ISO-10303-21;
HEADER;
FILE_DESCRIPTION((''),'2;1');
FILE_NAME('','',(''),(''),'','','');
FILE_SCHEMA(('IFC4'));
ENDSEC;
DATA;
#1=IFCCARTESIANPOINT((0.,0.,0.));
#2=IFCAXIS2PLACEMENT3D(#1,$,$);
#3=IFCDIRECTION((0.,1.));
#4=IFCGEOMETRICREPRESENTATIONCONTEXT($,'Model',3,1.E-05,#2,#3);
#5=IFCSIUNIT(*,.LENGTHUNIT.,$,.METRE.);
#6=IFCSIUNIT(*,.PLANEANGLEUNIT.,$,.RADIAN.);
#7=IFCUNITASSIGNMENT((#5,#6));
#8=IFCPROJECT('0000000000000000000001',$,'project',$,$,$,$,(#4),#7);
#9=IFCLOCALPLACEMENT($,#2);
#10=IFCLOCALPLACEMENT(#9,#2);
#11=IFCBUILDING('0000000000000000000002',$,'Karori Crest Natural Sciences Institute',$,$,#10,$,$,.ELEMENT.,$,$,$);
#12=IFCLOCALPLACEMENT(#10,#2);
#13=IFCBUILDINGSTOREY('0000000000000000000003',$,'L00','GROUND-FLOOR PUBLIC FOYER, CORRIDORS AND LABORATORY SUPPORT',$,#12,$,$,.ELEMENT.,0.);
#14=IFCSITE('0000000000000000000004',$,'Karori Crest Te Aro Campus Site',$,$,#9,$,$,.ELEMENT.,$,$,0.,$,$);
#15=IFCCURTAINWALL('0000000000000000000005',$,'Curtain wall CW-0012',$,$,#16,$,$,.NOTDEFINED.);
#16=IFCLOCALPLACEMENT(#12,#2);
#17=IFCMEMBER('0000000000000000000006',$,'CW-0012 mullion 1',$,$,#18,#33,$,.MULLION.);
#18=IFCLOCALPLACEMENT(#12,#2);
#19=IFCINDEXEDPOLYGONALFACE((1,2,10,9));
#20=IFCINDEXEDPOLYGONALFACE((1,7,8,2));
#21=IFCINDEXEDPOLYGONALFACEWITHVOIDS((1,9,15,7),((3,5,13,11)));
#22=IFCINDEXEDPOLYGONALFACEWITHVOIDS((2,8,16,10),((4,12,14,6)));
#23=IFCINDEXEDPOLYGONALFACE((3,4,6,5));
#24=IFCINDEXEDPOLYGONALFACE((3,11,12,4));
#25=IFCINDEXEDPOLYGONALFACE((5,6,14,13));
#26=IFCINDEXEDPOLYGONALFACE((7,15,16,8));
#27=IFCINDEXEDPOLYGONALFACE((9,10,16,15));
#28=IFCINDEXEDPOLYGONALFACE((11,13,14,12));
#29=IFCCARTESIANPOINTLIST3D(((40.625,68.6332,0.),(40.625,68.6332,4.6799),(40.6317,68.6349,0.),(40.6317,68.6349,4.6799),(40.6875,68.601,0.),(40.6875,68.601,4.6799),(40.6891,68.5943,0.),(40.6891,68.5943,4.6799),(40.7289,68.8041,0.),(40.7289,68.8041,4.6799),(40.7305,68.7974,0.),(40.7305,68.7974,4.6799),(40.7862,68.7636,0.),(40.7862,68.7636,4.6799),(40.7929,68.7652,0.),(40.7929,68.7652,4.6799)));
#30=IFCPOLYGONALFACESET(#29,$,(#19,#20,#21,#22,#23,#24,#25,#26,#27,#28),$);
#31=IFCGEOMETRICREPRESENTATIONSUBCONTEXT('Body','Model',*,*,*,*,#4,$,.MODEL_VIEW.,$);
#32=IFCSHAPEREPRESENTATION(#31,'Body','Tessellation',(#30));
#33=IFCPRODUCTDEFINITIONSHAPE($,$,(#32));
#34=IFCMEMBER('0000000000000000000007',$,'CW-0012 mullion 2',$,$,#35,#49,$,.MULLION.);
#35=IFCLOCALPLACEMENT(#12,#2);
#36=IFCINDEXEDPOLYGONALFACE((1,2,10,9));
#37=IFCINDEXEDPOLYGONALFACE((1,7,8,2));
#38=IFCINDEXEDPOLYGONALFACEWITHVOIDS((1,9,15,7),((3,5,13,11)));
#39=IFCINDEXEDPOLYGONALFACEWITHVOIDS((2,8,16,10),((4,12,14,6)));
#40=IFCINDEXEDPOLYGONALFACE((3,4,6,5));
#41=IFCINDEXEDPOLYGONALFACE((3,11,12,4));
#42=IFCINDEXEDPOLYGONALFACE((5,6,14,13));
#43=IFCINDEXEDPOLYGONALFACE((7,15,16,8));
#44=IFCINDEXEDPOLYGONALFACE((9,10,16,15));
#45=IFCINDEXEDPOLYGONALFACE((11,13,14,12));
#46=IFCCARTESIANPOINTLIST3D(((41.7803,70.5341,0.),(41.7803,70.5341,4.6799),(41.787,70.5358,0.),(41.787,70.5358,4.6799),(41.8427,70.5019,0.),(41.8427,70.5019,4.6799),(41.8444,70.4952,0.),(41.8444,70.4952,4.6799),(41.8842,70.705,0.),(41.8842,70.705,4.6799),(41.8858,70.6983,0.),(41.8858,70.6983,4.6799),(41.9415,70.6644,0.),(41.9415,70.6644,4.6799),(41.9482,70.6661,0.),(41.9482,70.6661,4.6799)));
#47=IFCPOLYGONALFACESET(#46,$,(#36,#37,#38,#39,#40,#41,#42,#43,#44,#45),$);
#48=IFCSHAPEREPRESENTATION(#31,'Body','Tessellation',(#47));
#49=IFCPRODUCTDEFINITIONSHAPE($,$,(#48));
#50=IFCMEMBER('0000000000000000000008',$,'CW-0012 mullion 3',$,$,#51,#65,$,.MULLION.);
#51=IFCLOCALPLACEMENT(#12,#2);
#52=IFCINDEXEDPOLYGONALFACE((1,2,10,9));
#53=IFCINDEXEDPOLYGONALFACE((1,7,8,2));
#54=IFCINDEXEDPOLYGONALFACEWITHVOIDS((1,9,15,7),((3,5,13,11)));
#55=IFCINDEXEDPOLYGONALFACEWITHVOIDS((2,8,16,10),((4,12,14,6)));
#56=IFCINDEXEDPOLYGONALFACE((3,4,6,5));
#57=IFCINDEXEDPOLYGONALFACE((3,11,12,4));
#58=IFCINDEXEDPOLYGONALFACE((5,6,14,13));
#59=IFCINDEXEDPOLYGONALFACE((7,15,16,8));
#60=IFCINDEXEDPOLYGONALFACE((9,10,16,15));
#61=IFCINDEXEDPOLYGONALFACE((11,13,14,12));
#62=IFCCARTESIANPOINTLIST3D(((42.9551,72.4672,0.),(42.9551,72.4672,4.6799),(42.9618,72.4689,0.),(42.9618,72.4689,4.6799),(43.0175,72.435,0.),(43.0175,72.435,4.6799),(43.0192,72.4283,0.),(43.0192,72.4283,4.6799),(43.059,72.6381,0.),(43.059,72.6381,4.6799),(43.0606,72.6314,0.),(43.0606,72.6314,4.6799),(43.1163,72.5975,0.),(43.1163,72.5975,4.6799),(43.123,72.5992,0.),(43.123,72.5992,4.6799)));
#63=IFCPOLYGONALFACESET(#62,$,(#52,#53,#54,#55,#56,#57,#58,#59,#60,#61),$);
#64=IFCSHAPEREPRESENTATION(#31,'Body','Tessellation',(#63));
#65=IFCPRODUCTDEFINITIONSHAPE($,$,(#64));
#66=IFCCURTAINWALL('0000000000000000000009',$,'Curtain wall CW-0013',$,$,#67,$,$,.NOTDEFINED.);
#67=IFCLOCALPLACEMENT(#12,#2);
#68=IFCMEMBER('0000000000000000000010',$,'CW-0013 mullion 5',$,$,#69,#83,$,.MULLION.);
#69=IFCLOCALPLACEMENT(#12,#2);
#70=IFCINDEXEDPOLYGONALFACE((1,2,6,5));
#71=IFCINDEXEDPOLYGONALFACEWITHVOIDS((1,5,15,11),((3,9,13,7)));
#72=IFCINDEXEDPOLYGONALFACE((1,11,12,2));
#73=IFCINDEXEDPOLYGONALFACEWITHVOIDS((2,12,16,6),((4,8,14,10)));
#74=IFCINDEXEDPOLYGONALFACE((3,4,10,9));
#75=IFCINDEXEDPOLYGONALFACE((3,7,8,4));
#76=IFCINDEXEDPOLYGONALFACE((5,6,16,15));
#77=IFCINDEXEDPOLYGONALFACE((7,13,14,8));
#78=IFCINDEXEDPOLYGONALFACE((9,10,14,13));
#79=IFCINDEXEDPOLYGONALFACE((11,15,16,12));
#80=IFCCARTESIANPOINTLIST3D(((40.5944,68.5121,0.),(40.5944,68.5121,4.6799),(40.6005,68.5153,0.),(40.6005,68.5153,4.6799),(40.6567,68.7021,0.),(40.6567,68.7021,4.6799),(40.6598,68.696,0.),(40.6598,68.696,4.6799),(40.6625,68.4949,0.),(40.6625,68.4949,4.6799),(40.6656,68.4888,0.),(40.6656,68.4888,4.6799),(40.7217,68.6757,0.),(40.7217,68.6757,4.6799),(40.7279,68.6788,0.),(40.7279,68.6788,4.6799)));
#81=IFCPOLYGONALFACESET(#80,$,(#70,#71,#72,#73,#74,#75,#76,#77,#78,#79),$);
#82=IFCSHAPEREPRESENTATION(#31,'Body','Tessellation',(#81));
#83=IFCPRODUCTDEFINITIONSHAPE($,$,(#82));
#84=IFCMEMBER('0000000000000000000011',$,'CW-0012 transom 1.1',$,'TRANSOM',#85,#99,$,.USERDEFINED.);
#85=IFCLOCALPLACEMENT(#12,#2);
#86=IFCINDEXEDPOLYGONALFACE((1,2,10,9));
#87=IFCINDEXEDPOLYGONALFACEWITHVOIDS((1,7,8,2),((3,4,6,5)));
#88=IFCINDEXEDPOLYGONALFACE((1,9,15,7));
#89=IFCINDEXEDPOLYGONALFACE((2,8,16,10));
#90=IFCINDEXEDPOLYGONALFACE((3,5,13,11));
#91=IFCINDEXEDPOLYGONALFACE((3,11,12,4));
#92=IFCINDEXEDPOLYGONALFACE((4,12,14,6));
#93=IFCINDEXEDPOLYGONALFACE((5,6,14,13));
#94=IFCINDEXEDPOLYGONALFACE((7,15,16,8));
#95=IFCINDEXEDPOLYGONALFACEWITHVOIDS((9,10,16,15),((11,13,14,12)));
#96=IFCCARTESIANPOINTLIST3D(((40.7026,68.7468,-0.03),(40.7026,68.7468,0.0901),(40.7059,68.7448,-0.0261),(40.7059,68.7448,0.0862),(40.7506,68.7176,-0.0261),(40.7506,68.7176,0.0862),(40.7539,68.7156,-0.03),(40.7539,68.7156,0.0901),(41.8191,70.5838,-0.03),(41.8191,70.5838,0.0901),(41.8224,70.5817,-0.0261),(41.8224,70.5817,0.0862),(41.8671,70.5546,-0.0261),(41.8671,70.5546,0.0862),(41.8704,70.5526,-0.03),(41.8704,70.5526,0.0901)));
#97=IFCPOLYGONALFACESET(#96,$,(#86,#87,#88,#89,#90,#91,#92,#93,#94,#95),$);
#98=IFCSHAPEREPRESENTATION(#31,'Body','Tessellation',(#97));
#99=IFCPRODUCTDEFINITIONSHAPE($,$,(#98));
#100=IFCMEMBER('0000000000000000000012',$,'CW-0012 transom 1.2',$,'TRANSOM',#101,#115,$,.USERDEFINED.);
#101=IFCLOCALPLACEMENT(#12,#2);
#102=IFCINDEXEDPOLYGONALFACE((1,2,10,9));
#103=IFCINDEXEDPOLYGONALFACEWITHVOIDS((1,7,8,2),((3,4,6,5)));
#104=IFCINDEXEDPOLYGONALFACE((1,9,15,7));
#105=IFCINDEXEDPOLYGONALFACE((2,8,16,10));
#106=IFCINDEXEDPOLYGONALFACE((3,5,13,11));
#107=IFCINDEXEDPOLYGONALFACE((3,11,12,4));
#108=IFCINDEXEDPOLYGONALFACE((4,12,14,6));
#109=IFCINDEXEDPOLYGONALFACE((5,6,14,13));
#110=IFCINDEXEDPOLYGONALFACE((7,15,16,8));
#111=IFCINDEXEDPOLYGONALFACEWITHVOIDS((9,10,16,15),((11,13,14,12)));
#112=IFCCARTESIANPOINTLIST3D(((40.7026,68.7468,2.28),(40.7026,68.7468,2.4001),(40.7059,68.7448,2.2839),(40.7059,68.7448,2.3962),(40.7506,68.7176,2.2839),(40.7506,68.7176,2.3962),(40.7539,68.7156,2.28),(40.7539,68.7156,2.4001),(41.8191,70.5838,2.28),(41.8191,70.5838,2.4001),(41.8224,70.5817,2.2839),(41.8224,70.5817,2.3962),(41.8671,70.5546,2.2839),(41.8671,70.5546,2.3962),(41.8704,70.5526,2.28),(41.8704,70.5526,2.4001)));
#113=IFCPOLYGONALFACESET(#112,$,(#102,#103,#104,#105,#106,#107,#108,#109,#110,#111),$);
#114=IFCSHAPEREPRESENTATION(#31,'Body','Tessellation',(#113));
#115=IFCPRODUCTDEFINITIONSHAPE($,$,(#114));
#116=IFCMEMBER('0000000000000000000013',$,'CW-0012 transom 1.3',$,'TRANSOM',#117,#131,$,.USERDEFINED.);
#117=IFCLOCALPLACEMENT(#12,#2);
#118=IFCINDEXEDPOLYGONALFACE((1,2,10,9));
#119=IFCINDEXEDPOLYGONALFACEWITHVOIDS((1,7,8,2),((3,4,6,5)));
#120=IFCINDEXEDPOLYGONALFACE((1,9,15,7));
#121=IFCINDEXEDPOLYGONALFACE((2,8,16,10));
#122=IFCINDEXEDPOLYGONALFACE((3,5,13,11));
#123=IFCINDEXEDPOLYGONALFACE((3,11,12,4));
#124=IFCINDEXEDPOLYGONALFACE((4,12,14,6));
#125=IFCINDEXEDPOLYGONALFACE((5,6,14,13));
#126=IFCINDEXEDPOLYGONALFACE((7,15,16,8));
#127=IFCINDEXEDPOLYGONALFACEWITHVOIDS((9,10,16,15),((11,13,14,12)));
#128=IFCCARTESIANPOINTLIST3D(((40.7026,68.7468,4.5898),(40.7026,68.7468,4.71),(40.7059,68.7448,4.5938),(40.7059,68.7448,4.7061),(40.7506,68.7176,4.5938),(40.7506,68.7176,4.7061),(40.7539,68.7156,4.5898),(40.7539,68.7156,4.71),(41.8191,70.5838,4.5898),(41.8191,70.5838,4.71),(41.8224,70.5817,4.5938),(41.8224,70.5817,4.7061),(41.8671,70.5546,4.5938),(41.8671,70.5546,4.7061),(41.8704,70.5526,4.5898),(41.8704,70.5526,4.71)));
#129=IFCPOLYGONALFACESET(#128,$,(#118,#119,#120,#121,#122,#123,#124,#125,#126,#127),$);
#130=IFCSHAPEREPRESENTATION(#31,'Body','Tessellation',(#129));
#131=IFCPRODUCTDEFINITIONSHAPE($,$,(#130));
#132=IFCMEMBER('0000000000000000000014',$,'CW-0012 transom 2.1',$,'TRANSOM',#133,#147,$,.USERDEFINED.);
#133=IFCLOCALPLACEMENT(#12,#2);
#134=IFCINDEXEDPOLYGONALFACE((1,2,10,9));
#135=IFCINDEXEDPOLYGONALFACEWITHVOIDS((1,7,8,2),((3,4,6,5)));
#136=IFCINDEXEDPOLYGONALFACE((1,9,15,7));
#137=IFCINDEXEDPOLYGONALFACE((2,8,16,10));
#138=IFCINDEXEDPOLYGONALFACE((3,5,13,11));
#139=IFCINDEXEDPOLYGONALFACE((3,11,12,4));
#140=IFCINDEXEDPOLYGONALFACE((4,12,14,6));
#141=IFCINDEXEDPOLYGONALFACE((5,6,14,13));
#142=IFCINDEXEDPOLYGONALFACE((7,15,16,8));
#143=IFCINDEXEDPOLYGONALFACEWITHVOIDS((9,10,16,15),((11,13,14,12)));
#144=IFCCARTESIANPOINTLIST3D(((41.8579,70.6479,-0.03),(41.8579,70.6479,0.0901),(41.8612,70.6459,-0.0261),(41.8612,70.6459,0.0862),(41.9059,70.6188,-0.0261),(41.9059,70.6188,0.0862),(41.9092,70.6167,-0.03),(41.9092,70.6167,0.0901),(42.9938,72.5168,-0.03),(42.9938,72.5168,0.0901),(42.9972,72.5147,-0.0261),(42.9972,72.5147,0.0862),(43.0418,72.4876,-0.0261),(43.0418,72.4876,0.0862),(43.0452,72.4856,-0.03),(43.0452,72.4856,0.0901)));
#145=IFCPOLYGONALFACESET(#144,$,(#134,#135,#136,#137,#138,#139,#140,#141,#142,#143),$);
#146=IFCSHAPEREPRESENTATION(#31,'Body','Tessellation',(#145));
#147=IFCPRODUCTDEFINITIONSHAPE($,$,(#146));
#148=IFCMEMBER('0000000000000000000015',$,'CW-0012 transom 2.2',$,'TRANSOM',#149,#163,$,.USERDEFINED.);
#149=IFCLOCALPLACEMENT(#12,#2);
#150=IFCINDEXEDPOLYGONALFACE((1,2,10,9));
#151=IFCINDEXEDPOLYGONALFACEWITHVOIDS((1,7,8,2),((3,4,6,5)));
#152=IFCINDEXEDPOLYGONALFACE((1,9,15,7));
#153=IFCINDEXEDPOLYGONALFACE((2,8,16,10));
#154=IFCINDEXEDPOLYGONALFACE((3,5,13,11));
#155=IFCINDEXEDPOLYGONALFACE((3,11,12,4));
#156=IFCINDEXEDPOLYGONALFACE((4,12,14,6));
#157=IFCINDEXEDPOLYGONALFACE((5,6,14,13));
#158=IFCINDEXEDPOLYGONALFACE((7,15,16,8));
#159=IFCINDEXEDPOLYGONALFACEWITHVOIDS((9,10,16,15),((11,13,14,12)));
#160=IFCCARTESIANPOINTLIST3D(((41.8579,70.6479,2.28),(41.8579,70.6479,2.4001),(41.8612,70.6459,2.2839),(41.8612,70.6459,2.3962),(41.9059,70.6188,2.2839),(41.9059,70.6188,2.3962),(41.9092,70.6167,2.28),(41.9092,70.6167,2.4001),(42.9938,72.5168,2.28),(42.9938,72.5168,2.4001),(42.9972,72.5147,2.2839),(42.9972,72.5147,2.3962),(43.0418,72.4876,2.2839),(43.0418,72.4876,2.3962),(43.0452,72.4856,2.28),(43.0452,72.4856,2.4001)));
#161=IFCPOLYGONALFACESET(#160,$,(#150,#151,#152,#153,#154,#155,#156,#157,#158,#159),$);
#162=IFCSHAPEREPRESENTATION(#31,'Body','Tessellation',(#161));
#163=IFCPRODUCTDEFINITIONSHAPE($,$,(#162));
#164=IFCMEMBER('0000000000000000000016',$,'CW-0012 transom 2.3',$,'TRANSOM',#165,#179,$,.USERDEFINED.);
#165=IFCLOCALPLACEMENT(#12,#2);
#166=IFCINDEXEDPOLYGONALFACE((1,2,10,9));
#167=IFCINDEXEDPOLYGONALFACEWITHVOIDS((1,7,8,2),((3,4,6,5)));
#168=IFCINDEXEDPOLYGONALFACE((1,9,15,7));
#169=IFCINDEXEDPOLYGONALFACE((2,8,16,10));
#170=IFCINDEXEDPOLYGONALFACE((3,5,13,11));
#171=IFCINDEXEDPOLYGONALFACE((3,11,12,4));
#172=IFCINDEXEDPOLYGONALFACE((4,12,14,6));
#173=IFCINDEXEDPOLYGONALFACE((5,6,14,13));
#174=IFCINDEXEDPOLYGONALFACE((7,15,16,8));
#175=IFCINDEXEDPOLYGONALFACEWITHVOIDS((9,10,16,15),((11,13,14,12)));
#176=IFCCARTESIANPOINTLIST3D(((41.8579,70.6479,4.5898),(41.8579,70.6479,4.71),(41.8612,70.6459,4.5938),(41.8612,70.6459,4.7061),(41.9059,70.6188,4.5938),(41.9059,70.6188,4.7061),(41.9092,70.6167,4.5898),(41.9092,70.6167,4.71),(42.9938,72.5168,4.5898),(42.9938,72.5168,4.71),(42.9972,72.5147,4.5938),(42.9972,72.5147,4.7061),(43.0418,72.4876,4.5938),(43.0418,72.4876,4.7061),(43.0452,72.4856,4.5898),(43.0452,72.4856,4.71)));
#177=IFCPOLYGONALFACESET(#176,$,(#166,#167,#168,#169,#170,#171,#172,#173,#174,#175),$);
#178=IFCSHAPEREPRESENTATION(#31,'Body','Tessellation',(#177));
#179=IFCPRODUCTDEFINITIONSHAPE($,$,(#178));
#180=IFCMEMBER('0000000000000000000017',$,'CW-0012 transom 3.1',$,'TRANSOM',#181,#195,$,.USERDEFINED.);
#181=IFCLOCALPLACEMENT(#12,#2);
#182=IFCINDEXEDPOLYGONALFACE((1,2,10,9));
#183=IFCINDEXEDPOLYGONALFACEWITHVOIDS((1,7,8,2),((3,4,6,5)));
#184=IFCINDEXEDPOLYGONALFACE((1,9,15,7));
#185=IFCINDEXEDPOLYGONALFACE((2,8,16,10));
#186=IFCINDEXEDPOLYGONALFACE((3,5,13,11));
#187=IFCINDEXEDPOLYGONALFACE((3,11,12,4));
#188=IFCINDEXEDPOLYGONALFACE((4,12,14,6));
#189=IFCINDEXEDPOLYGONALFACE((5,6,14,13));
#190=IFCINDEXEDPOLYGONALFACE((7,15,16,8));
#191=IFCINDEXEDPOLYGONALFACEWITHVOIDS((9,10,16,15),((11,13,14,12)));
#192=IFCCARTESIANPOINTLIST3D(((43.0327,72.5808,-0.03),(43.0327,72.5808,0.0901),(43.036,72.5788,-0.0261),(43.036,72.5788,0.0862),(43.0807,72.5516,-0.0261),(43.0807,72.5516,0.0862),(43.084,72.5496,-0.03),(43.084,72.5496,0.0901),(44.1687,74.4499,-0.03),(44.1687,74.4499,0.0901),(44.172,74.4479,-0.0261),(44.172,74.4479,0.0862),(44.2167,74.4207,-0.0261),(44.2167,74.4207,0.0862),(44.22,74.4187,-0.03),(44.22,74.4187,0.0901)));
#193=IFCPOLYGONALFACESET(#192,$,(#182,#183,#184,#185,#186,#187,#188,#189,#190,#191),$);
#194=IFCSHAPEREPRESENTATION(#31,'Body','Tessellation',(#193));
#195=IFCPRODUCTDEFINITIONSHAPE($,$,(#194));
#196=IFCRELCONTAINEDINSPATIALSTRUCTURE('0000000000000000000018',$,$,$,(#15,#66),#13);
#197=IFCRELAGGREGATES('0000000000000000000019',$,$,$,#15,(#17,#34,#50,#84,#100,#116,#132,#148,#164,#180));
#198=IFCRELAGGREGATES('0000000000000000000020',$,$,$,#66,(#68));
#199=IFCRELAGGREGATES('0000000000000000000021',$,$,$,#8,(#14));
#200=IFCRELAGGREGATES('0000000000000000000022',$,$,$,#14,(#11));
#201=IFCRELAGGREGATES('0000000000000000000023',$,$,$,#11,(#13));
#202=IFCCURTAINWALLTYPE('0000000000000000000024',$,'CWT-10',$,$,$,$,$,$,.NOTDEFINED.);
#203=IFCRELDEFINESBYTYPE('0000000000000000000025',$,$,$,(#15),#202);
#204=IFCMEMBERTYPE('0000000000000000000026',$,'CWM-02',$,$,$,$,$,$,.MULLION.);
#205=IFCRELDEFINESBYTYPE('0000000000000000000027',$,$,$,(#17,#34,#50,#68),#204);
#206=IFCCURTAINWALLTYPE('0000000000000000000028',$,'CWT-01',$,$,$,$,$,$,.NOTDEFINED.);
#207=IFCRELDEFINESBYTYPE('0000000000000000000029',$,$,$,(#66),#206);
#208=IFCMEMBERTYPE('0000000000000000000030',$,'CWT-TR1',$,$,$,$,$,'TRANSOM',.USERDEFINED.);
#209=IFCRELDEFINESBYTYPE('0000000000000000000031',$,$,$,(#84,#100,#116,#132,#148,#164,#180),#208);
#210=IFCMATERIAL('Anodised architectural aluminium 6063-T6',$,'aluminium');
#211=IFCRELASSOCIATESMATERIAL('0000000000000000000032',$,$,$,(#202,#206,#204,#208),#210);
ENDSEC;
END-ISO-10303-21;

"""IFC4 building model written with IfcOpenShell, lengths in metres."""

from ifc_helpers import new_model, si_unit, direction, frame, origin, origin_2d, place, context, subcontext, project, spatial, hollow_rectangle, extrude, material, material_profile, profile_set, type_object, element, aggregate, save


model = new_model("IFC4")

# Units and contexts
model_context = context("Model", 3, precision=1e-05, world=origin(), true_north=direction((0.0, 1.0)))
body_context = subcontext(model_context, "Body", "Model", "MODEL_VIEW")
ifc_project = project(units=[si_unit("LENGTHUNIT", "METRE"), si_unit("PLANEANGLEUNIT", "RADIAN")], contexts=[model_context])

# Site, building, storey
site_placement = place(None, origin())
site = spatial("IfcSite", under=ifc_project, at=site_placement, Name="Karori Crest Te Aro Campus Site", CompositionType="ELEMENT", RefElevation=0.0)
building_placement = place(site_placement, origin())
building = spatial("IfcBuilding", under=site, at=building_placement, Name="Karori Crest Natural Sciences Institute", CompositionType="ELEMENT")
storey_placement = place(building_placement, origin())
storey = spatial("IfcBuildingStorey", under=building, at=storey_placement, Name="L00", Description="GROUND-FLOOR PUBLIC FOYER, CORRIDORS AND LABORATORY SUPPORT", CompositionType="ELEMENT", Elevation=0.0)

# Shared definitions
ifc_material_1 = material(Name="Anodised architectural aluminium 6063-T6", Category="aluminium")

# Curtain wall, members
curtain_wall_type_1 = type_object("IfcCurtainWallType", Name="CWT-10", PredefinedType="NOTDEFINED", material=ifc_material_1)
curtain_wall_1_placement = place(storey_placement, origin())
curtain_wall_1 = element("IfcCurtainWall", 1, at=curtain_wall_1_placement, inside=storey, type_object=curtain_wall_type_1, Name="Curtain wall CW-0012", PredefinedType="NOTDEFINED")
ifc_material_profile_1 = material_profile(ifc_material_1, hollow_rectangle(XDim=0.075, YDim=0.2, WallThickness=0.0049, at=origin_2d()), Name="CWM200x75x5")
ifc_profile_set_1 = profile_set([ifc_material_profile_1], Name="Anodised architectural aluminium 6063-T6")
member_type_1 = type_object("IfcMemberType", Name="CWM-02", PredefinedType="MULLION", material=ifc_profile_set_1)
member_1_placement = place(storey_placement, frame((40.709, 68.6992, 0.0), z_axis=(0.0, 0.0, 1.0), x_axis=(-0.854567, 0.519341, 0.0)))
member_1 = element("IfcMember", 2, at=member_1_placement, type_object=member_type_1, Name="CW-0012 mullion 1", PredefinedType="MULLION", context=body_context, shape_type="SweptSolid", body=[
    extrude(hollow_rectangle(XDim=0.075, YDim=0.2, WallThickness=0.0049, at=origin_2d()), origin(), (0.0, 0.0, 1.0), 4.6799),
])
member_2_placement = place(storey_placement, frame((41.8643, 70.6001, 0.0), z_axis=(0.0, 0.0, 1.0), x_axis=(-0.854567, 0.519341, 0.0)))
member_2 = element("IfcMember", 3, at=member_2_placement, type_object=member_type_1, Name="CW-0012 mullion 2", PredefinedType="MULLION", context=body_context, shape_type="SweptSolid", body=[
    extrude(hollow_rectangle(XDim=0.075, YDim=0.2, WallThickness=0.0049, at=origin_2d()), origin(), (0.0, 0.0, 1.0), 4.6799),
])
member_3_placement = place(storey_placement, frame((43.0391, 72.5332, 0.0), z_axis=(0.0, 0.0, 1.0), x_axis=(-0.854567, 0.519341, 0.0)))
member_3 = element("IfcMember", 4, at=member_3_placement, type_object=member_type_1, Name="CW-0012 mullion 3", PredefinedType="MULLION", context=body_context, shape_type="SweptSolid", body=[
    extrude(hollow_rectangle(XDim=0.075, YDim=0.2, WallThickness=0.0049, at=origin_2d()), origin(), (0.0, 0.0, 1.0), 4.6799),
])

# Curtain wall, member
curtain_wall_type_2 = type_object("IfcCurtainWallType", Name="CWT-01", PredefinedType="NOTDEFINED", material=ifc_material_1)
curtain_wall_2_placement = place(storey_placement, origin())
curtain_wall_2 = element("IfcCurtainWall", 5, at=curtain_wall_2_placement, inside=storey, type_object=curtain_wall_type_2, Name="Curtain wall CW-0013", PredefinedType="NOTDEFINED")
member_4_placement = place(storey_placement, frame((40.6611, 68.5955, 0.0), z_axis=(0.0, 0.0, 1.0), x_axis=(-0.950176, 0.311714, 0.0)))
member_4 = element("IfcMember", 6, at=member_4_placement, type_object=member_type_1, Name="CW-0013 mullion 5", PredefinedType="MULLION", context=body_context, shape_type="SweptSolid", body=[
    extrude(hollow_rectangle(XDim=0.075, YDim=0.2, WallThickness=0.0049, at=origin_2d()), origin(), (0.0, 0.0, 1.0), 4.6799),
])

# Members
ifc_material_profile_2 = material_profile(ifc_material_1, hollow_rectangle(XDim=0.0601, YDim=0.1201, WallThickness=0.0039, at=origin_2d()), Name="CWT120x60x4")
ifc_profile_set_2 = profile_set([ifc_material_profile_2], Name="Anodised architectural aluminium 6063-T6")
member_type_2 = type_object("IfcMemberType", Name="CWT-TR1", ElementType="TRANSOM", PredefinedType="USERDEFINED", material=ifc_profile_set_2)
member_5_placement = place(storey_placement, frame((40.7283, 68.7312, 0.03), z_axis=(0.519381, 0.854543, 0.0), x_axis=(-0.854543, 0.519381, 0.0)))
member_5 = element("IfcMember", 7, at=member_5_placement, type_object=member_type_2, Name="CW-0012 transom 1.1", ObjectType="TRANSOM", PredefinedType="USERDEFINED", context=body_context, shape_type="SweptSolid", body=[
    extrude(hollow_rectangle(XDim=0.0601, YDim=0.1201, WallThickness=0.0039, at=origin_2d()), origin(), (0.0, 0.0, 1.0), 2.1497),
])
member_6_placement = place(storey_placement, frame((40.7283, 68.7312, 2.3401), z_axis=(0.519381, 0.854543, 0.0), x_axis=(-0.854543, 0.519381, 0.0)))
member_6 = element("IfcMember", 8, at=member_6_placement, type_object=member_type_2, Name="CW-0012 transom 1.2", ObjectType="TRANSOM", PredefinedType="USERDEFINED", context=body_context, shape_type="SweptSolid", body=[
    extrude(hollow_rectangle(XDim=0.0601, YDim=0.1201, WallThickness=0.0039, at=origin_2d()), origin(), (0.0, 0.0, 1.0), 2.1497),
])
member_7_placement = place(storey_placement, frame((40.7283, 68.7312, 4.6499), z_axis=(0.519381, 0.854543, 0.0), x_axis=(-0.854543, 0.519381, 0.0)))
member_7 = element("IfcMember", 9, at=member_7_placement, type_object=member_type_2, Name="CW-0012 transom 1.3", ObjectType="TRANSOM", PredefinedType="USERDEFINED", context=body_context, shape_type="SweptSolid", body=[
    extrude(hollow_rectangle(XDim=0.0601, YDim=0.1201, WallThickness=0.0039, at=origin_2d()), origin(), (0.0, 0.0, 1.0), 2.1497),
])
member_8_placement = place(storey_placement, frame((41.8835, 70.6323, 0.03), z_axis=(0.519412, 0.854524, 0.0), x_axis=(-0.854524, 0.519412, 0.0)))
member_8 = element("IfcMember", 10, at=member_8_placement, type_object=member_type_2, Name="CW-0012 transom 2.1", ObjectType="TRANSOM", PredefinedType="USERDEFINED", context=body_context, shape_type="SweptSolid", body=[
    extrude(hollow_rectangle(XDim=0.0601, YDim=0.1201, WallThickness=0.0039, at=origin_2d()), origin(), (0.0, 0.0, 1.0), 2.187),
])
member_9_placement = place(storey_placement, frame((41.8835, 70.6323, 2.3401), z_axis=(0.519412, 0.854524, 0.0), x_axis=(-0.854524, 0.519412, 0.0)))
member_9 = element("IfcMember", 11, at=member_9_placement, type_object=member_type_2, Name="CW-0012 transom 2.2", ObjectType="TRANSOM", PredefinedType="USERDEFINED", context=body_context, shape_type="SweptSolid", body=[
    extrude(hollow_rectangle(XDim=0.0601, YDim=0.1201, WallThickness=0.0039, at=origin_2d()), origin(), (0.0, 0.0, 1.0), 2.187),
])
member_10_placement = place(storey_placement, frame((41.8835, 70.6323, 4.6499), z_axis=(0.519412, 0.854524, 0.0), x_axis=(-0.854524, 0.519412, 0.0)))
member_10 = element("IfcMember", 12, at=member_10_placement, type_object=member_type_2, Name="CW-0012 transom 2.3", ObjectType="TRANSOM", PredefinedType="USERDEFINED", context=body_context, shape_type="SweptSolid", body=[
    extrude(hollow_rectangle(XDim=0.0601, YDim=0.1201, WallThickness=0.0039, at=origin_2d()), origin(), (0.0, 0.0, 1.0), 2.187),
])
member_11_placement = place(storey_placement, frame((43.0583, 72.5652, 0.03), z_axis=(0.519363, 0.854554, 0.0), x_axis=(-0.854554, 0.519363, 0.0)))
member_11 = element("IfcMember", 13, at=member_11_placement, type_object=member_type_2, Name="CW-0012 transom 3.1", ObjectType="TRANSOM", PredefinedType="USERDEFINED", context=body_context, shape_type="SweptSolid", body=[
    extrude(hollow_rectangle(XDim=0.0601, YDim=0.1201, WallThickness=0.0039, at=origin_2d()), origin(), (0.0, 0.0, 1.0), 2.1873),
])

aggregate(curtain_wall_1, [member_1, member_2, member_3, member_5, member_6, member_7, member_8, member_9, member_10, member_11])
aggregate(curtain_wall_2, [member_4])

save(model, "model.ifc")
